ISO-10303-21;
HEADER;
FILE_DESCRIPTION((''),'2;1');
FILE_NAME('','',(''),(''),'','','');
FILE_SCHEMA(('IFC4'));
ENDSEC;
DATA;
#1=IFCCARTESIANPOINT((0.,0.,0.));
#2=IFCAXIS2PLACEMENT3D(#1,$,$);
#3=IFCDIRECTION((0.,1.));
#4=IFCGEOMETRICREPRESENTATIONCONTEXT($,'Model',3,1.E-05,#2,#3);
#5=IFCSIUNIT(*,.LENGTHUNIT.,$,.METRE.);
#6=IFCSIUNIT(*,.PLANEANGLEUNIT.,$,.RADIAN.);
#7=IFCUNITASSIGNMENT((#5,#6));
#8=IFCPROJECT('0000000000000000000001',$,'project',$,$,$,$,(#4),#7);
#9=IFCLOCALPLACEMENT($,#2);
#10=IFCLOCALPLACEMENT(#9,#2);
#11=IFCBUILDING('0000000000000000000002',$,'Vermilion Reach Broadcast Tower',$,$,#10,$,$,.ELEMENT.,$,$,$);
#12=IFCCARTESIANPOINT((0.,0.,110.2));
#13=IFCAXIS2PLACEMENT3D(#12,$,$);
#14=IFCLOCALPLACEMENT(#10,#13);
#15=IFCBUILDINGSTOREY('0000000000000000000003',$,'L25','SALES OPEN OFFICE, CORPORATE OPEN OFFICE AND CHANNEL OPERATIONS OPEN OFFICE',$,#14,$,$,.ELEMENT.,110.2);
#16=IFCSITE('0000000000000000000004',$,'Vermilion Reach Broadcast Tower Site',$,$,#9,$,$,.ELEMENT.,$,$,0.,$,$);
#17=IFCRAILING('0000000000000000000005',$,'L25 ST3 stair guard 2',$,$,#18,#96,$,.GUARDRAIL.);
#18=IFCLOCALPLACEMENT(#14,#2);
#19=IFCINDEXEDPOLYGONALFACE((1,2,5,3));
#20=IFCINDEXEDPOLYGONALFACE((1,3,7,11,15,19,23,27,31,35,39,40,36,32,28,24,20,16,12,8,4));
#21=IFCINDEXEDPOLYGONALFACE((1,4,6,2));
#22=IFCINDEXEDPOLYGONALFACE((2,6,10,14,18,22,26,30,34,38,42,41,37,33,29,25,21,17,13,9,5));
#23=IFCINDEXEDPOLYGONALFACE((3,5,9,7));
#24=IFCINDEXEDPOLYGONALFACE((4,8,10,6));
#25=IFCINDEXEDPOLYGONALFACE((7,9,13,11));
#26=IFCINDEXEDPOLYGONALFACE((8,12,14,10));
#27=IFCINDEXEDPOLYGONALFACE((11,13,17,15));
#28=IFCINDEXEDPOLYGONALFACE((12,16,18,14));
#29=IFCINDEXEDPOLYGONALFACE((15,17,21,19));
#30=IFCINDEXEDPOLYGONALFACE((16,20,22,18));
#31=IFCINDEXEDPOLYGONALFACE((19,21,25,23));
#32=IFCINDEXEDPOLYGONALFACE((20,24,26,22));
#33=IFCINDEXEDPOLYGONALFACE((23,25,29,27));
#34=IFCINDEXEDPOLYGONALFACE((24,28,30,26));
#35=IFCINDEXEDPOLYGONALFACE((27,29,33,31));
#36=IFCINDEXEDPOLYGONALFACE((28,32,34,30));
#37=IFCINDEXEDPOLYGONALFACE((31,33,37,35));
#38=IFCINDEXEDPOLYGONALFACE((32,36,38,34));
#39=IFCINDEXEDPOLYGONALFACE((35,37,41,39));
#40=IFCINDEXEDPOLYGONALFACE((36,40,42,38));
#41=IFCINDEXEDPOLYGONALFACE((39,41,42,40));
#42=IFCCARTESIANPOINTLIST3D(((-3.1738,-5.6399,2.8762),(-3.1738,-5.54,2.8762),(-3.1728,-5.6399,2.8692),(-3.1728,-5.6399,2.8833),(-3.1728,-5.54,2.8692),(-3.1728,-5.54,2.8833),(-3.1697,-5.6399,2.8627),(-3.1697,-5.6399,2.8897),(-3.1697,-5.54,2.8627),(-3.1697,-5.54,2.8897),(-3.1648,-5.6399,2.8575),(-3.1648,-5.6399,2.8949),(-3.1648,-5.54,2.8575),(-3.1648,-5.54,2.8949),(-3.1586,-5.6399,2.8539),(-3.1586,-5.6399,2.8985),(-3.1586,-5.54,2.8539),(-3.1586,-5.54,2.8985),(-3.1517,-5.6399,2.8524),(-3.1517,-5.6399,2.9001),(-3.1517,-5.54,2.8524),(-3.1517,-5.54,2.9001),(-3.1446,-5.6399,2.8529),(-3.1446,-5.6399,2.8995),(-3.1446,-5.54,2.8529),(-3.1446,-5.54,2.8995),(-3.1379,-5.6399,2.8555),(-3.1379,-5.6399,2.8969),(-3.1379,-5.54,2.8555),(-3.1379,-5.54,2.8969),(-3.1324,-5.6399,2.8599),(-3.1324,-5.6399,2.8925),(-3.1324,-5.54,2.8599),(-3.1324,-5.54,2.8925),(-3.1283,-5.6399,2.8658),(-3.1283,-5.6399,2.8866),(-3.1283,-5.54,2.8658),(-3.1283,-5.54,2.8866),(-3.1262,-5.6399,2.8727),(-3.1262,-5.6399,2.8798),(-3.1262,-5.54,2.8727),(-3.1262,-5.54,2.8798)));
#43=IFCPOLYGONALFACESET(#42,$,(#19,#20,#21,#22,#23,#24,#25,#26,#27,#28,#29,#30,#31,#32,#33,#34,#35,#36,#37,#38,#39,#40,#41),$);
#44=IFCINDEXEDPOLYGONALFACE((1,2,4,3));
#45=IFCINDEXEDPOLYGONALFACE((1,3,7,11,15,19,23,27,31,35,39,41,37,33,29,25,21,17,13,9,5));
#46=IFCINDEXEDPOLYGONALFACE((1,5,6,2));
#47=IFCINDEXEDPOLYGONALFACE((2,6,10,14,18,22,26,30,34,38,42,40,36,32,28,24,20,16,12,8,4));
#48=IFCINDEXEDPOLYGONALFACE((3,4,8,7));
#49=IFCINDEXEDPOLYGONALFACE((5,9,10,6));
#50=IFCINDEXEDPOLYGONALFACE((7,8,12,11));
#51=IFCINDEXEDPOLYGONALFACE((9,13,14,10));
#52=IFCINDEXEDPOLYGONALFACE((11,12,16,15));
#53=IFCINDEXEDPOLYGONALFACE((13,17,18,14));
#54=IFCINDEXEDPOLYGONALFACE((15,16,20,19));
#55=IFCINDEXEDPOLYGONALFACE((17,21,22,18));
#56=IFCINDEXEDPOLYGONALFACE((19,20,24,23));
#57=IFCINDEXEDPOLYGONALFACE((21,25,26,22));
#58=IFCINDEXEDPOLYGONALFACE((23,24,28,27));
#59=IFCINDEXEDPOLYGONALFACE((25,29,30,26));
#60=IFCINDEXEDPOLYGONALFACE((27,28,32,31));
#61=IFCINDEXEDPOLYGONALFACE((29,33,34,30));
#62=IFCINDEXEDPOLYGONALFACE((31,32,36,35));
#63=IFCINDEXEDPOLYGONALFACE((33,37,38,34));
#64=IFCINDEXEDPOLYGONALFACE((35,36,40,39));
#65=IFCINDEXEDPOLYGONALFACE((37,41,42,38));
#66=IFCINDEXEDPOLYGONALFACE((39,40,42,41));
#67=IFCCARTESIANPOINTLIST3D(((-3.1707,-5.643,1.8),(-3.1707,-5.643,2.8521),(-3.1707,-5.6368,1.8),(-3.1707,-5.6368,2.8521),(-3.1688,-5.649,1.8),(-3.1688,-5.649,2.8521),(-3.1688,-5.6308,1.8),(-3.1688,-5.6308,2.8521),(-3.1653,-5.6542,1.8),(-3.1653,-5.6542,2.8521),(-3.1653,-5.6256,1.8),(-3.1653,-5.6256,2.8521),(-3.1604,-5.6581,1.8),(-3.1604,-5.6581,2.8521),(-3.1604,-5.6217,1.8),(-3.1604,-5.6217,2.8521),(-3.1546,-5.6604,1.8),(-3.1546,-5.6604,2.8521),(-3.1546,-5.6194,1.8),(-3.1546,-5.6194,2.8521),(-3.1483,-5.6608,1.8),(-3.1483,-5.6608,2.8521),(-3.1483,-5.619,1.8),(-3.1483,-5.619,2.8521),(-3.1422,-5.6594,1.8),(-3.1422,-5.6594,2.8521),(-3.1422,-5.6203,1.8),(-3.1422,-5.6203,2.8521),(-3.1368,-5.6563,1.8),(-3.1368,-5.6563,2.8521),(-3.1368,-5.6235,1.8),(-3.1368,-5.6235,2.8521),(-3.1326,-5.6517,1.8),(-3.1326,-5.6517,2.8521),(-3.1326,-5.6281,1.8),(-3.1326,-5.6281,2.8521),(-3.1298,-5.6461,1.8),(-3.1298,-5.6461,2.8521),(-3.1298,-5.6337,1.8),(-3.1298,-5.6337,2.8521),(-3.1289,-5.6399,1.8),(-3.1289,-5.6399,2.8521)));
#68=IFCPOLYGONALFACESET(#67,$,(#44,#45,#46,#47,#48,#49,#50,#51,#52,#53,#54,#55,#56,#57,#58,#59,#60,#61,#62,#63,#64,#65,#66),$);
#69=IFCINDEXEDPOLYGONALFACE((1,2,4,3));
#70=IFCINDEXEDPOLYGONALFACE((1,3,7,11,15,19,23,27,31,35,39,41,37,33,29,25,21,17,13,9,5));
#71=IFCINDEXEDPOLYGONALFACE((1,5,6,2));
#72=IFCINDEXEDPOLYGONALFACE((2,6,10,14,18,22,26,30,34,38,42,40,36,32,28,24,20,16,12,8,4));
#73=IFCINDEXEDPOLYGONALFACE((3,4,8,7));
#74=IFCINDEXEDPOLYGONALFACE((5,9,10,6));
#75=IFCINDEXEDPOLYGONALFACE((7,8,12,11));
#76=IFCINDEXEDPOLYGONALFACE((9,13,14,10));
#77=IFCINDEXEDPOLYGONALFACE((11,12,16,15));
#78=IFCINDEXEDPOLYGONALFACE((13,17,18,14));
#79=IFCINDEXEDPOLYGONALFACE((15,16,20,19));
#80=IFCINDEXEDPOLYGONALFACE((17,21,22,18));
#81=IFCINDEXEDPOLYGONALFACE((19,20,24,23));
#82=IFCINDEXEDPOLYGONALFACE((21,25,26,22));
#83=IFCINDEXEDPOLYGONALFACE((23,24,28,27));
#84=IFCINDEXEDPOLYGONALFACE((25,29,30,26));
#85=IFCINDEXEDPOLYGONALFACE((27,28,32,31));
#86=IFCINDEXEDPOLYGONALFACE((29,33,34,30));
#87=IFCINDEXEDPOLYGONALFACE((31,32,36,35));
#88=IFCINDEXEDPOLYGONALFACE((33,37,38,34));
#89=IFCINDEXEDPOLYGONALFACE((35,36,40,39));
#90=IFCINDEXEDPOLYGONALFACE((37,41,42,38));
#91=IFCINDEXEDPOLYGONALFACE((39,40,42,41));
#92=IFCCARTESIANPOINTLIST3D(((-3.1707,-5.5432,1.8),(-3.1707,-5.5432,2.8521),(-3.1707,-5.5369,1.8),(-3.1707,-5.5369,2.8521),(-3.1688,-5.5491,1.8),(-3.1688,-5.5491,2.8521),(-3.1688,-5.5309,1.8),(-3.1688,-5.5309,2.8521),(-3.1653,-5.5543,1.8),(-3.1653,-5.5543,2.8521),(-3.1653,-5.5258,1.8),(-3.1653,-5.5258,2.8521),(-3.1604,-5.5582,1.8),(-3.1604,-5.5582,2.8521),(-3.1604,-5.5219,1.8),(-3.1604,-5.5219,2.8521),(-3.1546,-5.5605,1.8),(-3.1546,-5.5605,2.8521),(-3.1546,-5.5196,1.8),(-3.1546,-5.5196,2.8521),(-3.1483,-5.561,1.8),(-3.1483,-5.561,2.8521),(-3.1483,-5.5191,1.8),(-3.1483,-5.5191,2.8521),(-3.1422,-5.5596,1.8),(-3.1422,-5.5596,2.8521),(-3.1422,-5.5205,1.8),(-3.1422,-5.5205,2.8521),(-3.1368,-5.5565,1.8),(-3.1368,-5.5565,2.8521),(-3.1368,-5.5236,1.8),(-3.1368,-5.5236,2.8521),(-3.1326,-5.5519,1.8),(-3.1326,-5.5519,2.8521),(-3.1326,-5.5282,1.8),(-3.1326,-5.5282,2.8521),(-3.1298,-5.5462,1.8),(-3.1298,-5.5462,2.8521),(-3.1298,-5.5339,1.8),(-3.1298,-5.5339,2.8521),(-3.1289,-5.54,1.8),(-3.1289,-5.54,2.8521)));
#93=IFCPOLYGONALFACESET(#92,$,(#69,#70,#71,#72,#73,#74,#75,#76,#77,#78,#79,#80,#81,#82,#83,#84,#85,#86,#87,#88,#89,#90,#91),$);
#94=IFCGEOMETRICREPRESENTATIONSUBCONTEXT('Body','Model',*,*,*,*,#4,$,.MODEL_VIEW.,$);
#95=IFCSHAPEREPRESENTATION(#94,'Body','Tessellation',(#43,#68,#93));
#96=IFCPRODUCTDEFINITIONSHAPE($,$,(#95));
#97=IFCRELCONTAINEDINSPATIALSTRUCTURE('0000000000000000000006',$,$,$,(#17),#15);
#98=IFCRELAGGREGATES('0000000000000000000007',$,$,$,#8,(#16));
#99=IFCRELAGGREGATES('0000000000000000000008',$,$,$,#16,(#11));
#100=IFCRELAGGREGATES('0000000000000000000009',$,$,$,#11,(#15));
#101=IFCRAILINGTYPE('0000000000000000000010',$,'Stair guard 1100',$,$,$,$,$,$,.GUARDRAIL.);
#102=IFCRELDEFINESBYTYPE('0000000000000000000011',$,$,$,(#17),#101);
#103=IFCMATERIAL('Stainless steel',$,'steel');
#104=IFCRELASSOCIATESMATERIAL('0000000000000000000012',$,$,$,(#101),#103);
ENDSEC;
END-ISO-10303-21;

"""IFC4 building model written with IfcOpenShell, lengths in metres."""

from ifc_helpers import new_model, si_unit, direction, frame, origin, origin_2d, place, context, subcontext, project, spatial, circle, extrude, material, type_object, element, save


model = new_model("IFC4")

# Units and contexts
model_context = context("Model", 3, precision=1e-05, world=origin(), true_north=direction((0.0, 1.0)))
body_context = subcontext(model_context, "Body", "Model", "MODEL_VIEW")
ifc_project = project(units=[si_unit("LENGTHUNIT", "METRE"), si_unit("PLANEANGLEUNIT", "RADIAN")], contexts=[model_context])

# Site, building, storey
site_placement = place(None, origin())
site = spatial("IfcSite", under=ifc_project, at=site_placement, Name="Vermilion Reach Broadcast Tower Site", CompositionType="ELEMENT", RefElevation=0.0)
building_placement = place(site_placement, origin())
building = spatial("IfcBuilding", under=site, at=building_placement, Name="Vermilion Reach Broadcast Tower", CompositionType="ELEMENT")
storey_placement = place(building_placement, frame((0.0, 0.0, 110.2)))
storey = spatial("IfcBuildingStorey", under=building, at=storey_placement, Name="L25", Description="SALES OPEN OFFICE, CORPORATE OPEN OFFICE AND CHANNEL OPERATIONS OPEN OFFICE", CompositionType="ELEMENT", Elevation=110.2)

# Railing
ifc_material_1 = material(Name="Stainless steel", Category="steel")
railing_type_1 = type_object("IfcRailingType", Name="Stair guard 1100", PredefinedType="GUARDRAIL", material=ifc_material_1)
railing_1_placement = place(storey_placement, frame((-3.1499, -5.6399, 1.8)))
element("IfcRailing", 1, at=railing_1_placement, inside=storey, type_object=railing_type_1, Name="L25 ST3 stair guard 2", PredefinedType="GUARDRAIL", context=body_context, shape_type="SweptSolid", body=[
    extrude(circle(Radius=0.0239, at=origin_2d()), frame((0.0, 0.0, 1.0762), z_axis=(0.0, 1.0, 0.0), x_axis=(-1.0, 0.0, 0.0)), (0.0, 0.0, 1.0), 0.0999),
    extrude(circle(Radius=0.021, at=origin_2d()), origin(), (0.0, 0.0, 1.0), 1.052),
    extrude(circle(Radius=0.021, at=origin_2d()), frame((0.0, 0.0999, 0.0)), (0.0, 0.0, 1.0), 1.052),
])

save(model, "model.ifc")
